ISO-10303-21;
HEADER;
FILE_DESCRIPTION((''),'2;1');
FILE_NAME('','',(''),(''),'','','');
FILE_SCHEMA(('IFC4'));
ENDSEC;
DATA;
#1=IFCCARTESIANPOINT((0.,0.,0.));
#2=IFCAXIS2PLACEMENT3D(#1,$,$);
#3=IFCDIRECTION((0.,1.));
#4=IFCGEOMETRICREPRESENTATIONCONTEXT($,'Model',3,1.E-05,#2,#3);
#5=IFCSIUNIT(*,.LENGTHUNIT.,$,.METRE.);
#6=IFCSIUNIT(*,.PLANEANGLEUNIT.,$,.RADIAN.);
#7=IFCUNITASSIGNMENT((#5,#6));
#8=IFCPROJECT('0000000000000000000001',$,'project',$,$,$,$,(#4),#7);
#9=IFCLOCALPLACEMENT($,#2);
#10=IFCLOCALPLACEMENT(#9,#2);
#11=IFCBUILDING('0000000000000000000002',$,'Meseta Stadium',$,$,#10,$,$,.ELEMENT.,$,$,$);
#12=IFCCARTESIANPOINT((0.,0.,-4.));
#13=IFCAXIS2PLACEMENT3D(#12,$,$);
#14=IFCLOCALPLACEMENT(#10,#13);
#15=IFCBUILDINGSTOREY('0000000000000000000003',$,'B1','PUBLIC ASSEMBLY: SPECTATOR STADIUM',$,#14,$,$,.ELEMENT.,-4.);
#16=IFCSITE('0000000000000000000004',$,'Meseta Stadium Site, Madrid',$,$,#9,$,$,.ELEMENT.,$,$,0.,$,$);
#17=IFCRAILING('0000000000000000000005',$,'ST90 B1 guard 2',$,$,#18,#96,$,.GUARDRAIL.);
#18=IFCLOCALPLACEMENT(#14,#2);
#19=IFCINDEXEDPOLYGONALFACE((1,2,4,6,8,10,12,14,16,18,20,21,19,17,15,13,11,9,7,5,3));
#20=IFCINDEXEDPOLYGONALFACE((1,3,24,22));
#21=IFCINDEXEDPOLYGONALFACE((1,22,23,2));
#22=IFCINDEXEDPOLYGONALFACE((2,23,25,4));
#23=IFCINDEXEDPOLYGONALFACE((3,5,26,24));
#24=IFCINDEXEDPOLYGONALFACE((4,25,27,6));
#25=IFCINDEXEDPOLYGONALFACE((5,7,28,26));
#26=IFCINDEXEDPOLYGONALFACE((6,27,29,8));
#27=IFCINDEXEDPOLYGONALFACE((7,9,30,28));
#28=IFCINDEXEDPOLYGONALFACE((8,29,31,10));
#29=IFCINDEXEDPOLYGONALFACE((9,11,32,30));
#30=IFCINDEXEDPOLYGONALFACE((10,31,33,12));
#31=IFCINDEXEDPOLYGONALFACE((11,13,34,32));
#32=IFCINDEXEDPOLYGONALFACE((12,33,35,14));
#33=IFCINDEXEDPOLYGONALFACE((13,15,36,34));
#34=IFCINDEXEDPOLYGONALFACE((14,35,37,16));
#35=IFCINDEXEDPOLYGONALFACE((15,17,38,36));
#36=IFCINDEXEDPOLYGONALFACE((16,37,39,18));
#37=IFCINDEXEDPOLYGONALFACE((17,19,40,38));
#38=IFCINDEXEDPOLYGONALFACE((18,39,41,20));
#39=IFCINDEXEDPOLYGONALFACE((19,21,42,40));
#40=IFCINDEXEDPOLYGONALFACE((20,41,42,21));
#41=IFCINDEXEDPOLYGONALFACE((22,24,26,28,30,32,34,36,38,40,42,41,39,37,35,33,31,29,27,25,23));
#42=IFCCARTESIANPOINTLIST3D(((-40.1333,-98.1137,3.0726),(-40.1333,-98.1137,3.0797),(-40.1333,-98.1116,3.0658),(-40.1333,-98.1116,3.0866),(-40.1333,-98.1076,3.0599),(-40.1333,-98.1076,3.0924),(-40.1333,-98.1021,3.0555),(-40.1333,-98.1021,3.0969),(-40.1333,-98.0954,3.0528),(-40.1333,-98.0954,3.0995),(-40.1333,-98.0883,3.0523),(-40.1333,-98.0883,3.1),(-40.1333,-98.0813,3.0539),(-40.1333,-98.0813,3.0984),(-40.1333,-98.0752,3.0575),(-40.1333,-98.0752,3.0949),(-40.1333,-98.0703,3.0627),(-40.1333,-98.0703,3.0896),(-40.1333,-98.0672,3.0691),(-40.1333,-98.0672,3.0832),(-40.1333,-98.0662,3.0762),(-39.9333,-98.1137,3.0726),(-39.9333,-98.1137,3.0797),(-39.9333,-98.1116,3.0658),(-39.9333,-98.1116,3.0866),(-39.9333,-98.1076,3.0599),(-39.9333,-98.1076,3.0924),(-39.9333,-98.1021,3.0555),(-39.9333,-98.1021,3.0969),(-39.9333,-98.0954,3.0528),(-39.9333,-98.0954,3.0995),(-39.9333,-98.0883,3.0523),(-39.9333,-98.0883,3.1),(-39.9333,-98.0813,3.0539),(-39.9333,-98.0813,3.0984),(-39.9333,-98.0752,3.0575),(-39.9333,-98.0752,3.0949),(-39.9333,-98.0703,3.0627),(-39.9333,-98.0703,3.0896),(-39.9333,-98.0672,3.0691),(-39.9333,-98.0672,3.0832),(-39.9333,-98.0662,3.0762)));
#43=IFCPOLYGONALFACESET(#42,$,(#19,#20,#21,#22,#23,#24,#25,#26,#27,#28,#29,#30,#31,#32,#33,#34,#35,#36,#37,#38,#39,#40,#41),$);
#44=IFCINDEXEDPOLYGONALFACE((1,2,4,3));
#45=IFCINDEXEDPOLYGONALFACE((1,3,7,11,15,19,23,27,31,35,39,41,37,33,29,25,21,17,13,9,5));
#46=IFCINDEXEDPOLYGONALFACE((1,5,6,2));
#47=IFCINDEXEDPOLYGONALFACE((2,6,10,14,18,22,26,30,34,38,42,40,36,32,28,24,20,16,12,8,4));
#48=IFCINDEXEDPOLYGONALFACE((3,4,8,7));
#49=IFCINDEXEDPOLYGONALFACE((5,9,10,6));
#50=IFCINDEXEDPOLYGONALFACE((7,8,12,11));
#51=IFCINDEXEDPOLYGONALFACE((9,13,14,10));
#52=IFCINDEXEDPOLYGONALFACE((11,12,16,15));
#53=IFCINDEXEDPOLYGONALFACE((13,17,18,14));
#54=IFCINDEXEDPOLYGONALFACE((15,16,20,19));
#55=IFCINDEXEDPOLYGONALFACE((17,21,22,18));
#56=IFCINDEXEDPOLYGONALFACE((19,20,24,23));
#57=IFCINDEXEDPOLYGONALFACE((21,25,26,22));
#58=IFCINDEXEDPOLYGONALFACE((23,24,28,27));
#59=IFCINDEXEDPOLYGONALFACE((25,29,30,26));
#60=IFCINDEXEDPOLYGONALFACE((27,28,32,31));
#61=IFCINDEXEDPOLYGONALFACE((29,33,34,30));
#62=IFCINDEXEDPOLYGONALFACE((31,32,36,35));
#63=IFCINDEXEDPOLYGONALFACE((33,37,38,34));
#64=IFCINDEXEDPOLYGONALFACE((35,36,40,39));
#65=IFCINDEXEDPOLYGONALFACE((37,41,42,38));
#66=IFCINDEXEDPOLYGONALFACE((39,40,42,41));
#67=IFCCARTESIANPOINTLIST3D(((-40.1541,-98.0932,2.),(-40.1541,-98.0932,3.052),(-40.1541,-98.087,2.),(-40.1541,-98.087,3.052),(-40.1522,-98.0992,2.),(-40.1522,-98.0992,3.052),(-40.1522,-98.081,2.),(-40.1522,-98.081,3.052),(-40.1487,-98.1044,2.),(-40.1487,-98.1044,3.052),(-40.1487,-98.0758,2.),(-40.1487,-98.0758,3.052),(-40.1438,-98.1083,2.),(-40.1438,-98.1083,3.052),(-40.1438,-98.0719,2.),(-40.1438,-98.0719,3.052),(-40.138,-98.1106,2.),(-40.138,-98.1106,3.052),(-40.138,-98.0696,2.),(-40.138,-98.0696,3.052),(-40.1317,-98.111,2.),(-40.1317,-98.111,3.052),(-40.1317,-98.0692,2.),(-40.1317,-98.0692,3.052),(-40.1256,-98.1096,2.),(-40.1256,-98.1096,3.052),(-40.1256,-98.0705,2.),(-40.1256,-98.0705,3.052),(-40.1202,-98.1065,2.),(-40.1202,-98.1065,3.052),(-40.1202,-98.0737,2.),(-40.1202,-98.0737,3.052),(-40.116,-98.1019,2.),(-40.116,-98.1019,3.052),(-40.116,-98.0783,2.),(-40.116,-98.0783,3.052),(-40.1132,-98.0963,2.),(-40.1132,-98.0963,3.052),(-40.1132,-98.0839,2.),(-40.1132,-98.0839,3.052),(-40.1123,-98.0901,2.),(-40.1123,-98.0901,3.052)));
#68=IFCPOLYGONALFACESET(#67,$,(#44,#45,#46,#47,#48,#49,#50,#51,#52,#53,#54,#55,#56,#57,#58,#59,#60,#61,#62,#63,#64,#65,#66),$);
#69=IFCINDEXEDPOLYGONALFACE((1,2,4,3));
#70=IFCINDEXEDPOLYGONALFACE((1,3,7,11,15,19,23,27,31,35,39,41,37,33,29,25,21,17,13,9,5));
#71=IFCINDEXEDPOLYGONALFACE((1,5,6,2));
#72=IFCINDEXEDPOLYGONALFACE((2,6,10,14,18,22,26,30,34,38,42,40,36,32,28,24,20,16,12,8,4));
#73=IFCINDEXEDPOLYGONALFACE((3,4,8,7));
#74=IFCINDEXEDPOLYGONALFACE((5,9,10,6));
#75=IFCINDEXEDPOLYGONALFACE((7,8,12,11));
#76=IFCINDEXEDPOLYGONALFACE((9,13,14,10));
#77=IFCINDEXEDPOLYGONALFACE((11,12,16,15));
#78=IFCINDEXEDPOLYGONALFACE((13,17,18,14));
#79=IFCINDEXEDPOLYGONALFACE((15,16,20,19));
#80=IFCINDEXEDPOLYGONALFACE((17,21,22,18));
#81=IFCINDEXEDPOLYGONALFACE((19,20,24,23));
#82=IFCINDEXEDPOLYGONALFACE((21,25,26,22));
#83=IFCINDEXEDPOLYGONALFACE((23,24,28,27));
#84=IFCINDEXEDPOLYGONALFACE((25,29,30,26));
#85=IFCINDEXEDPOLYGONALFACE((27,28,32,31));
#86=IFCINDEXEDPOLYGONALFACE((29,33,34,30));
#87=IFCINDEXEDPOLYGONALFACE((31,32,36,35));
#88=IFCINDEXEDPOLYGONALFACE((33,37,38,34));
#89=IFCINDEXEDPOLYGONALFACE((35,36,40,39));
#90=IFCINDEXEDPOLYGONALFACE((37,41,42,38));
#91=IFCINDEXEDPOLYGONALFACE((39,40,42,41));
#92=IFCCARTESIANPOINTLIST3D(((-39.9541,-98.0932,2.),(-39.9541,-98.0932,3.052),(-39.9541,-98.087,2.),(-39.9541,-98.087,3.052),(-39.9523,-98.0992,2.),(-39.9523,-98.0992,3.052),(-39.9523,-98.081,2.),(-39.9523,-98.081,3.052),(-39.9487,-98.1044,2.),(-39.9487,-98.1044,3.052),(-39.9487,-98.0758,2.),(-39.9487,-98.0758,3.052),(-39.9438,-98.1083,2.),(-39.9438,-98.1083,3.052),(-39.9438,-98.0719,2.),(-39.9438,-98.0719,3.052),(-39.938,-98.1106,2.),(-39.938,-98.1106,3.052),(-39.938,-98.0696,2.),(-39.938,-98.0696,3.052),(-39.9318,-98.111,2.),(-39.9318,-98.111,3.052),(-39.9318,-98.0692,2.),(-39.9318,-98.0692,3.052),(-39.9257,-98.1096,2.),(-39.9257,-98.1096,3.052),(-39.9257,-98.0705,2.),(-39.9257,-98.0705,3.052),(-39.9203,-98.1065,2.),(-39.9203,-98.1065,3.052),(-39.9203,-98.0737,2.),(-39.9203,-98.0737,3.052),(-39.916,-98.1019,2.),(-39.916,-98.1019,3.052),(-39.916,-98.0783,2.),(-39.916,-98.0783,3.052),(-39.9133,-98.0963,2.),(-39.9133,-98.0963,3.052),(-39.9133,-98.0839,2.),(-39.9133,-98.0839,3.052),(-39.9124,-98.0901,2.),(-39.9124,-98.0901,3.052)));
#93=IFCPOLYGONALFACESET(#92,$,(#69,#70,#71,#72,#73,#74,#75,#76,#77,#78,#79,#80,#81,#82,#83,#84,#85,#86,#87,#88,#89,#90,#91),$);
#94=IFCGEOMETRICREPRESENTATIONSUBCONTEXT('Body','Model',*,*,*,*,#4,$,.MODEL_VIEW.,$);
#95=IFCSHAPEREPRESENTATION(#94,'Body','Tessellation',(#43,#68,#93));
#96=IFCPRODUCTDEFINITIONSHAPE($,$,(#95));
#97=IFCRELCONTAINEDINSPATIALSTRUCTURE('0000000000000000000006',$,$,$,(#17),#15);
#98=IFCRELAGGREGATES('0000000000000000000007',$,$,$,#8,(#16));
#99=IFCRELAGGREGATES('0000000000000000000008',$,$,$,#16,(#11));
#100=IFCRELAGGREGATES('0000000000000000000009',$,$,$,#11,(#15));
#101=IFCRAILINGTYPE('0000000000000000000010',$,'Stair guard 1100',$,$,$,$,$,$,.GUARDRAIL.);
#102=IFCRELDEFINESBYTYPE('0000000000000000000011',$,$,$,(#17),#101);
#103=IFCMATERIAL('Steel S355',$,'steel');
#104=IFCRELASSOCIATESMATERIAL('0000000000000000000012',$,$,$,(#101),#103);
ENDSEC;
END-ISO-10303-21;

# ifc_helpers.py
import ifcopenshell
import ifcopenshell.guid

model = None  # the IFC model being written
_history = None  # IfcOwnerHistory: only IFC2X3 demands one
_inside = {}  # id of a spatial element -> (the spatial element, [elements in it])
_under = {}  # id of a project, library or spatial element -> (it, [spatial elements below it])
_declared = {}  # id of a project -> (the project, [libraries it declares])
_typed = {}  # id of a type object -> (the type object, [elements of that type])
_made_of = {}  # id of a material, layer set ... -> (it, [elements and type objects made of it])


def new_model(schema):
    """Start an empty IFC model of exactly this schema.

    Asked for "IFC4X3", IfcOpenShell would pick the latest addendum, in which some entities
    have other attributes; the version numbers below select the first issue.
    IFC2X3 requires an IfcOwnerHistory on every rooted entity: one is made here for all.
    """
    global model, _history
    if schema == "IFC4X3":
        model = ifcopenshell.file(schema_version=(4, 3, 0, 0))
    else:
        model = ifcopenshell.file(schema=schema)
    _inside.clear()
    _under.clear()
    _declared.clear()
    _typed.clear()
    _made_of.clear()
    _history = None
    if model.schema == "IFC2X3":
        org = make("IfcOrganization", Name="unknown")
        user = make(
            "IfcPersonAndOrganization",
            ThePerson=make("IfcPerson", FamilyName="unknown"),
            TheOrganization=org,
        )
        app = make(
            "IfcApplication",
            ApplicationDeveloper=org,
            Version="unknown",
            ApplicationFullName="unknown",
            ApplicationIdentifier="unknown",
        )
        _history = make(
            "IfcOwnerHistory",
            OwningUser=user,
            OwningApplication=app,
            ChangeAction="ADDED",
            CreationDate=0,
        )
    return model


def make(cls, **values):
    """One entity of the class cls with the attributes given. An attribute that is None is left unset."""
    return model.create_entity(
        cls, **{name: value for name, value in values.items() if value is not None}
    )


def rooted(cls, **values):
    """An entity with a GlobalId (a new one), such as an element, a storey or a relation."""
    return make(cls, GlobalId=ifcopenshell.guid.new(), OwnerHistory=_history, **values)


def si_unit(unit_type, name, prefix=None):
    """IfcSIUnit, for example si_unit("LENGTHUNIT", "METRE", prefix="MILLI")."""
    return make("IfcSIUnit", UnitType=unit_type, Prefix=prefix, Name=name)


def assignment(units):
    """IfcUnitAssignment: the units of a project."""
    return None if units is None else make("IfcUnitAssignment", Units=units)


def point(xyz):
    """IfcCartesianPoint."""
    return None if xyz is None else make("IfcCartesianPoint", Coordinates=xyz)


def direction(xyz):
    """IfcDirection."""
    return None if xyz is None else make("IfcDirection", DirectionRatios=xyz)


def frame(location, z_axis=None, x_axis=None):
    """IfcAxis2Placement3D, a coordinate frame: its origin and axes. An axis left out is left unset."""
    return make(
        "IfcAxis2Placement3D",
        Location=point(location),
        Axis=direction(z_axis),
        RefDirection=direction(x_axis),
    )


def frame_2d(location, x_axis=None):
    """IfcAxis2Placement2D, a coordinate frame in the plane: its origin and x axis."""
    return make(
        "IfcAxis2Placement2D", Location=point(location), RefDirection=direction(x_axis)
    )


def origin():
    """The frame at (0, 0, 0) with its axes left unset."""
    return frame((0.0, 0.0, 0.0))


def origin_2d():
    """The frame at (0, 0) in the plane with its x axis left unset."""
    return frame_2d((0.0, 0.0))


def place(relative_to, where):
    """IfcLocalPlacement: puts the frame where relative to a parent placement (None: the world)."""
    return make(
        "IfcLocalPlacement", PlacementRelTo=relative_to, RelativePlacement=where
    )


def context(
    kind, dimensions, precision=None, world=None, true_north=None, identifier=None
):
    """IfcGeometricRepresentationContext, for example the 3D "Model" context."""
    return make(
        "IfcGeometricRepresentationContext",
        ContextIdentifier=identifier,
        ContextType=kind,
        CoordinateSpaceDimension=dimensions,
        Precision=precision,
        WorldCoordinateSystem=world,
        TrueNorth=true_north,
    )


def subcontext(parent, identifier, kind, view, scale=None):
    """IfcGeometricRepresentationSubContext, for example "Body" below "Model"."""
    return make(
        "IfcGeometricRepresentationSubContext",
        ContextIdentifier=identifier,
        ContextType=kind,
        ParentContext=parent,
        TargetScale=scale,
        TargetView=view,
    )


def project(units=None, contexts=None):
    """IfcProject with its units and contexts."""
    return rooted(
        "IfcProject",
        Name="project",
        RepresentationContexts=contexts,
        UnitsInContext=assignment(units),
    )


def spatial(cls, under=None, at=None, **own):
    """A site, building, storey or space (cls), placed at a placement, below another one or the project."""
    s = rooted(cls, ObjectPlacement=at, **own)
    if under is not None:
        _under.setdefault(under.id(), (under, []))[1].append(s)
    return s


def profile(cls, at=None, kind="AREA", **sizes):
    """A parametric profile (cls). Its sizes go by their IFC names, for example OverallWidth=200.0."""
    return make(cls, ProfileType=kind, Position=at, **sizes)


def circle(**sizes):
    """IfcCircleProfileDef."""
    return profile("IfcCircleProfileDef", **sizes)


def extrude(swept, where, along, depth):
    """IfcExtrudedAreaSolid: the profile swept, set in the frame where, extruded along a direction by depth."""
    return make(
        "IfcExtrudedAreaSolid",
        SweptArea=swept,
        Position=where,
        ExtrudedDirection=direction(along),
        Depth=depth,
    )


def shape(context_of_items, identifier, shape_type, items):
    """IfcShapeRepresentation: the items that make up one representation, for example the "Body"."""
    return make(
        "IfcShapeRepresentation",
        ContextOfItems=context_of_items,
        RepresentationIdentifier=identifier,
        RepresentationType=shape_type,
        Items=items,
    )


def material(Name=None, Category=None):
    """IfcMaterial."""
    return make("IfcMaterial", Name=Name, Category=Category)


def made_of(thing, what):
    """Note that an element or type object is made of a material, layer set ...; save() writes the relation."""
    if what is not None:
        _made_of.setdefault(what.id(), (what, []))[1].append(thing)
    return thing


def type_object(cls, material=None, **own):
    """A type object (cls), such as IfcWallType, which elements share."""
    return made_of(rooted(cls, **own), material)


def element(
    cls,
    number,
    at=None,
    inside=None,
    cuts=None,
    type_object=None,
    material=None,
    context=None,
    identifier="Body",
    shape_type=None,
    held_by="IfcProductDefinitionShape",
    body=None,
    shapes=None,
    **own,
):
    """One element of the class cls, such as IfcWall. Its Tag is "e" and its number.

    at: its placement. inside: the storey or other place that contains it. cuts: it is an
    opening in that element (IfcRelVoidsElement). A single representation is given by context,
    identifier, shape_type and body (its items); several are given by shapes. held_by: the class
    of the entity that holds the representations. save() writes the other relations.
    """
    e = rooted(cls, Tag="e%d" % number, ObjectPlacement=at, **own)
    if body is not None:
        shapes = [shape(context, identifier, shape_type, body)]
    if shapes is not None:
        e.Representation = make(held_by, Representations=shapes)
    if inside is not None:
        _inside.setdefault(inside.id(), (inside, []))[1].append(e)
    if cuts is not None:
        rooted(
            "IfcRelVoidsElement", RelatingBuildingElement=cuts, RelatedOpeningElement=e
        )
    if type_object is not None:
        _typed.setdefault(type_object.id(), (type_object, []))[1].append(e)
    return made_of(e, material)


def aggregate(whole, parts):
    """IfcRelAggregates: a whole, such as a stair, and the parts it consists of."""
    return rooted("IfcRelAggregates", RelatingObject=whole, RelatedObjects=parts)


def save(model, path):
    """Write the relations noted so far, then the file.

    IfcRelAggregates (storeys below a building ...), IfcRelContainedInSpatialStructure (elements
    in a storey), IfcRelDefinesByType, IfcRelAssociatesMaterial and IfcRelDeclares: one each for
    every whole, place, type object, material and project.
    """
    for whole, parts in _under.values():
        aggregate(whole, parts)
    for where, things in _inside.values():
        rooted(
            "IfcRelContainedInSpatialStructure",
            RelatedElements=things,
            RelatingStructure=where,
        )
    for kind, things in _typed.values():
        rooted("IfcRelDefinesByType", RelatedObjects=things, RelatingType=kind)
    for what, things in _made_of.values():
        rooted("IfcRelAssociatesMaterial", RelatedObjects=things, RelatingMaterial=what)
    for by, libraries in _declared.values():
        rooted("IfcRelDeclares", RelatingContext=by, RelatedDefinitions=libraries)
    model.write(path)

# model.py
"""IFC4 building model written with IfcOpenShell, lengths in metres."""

from ifc_helpers import new_model, si_unit, direction, frame, origin, origin_2d, place, context, subcontext, project, spatial, circle, extrude, material, type_object, element, save


model = new_model("IFC4")

# Units and contexts
model_context = context("Model", 3, precision=1e-05, world=origin(), true_north=direction((0.0, 1.0)))
body_context = subcontext(model_context, "Body", "Model", "MODEL_VIEW")
ifc_project = project(units=[si_unit("LENGTHUNIT", "METRE"), si_unit("PLANEANGLEUNIT", "RADIAN")], contexts=[model_context])

# Site, building, storey
site_placement = place(None, origin())
site = spatial("IfcSite", under=ifc_project, at=site_placement, Name="Meseta Stadium Site, Madrid", CompositionType="ELEMENT", RefElevation=0.0)
building_placement = place(site_placement, origin())
building = spatial("IfcBuilding", under=site, at=building_placement, Name="Meseta Stadium", CompositionType="ELEMENT")
storey_placement = place(building_placement, frame((0.0, 0.0, -4.0)))
storey = spatial("IfcBuildingStorey", under=building, at=storey_placement, Name="B1", Description="PUBLIC ASSEMBLY: SPECTATOR STADIUM", CompositionType="ELEMENT", Elevation=-4.0)

# Railing
ifc_material_1 = material(Name="Steel S355", Category="steel")
railing_type_1 = type_object("IfcRailingType", Name="Stair guard 1100", PredefinedType="GUARDRAIL", material=ifc_material_1)
railing_1_placement = place(storey_placement, frame((-40.1333, -98.0901, 2.0)))
element("IfcRailing", 1, at=railing_1_placement, inside=storey, type_object=railing_type_1, Name="ST90 B1 guard 2", PredefinedType="GUARDRAIL", context=body_context, shape_type="SweptSolid", body=[
    extrude(circle(Radius=0.0239, at=origin_2d()), frame((0.0, 0.0, 1.0762), z_axis=(1.0, 0.0, 0.0), x_axis=(0.0, 1.0, 0.0)), (0.0, 0.0, 1.0), 0.2),
    extrude(circle(Radius=0.021, at=origin_2d()), origin(), (0.0, 0.0, 1.0), 1.052),
    extrude(circle(Radius=0.021, at=origin_2d()), frame((0.2, 0.0, 0.0)), (0.0, 0.0, 1.0), 1.052),
])

save(model, "model.ifc")
